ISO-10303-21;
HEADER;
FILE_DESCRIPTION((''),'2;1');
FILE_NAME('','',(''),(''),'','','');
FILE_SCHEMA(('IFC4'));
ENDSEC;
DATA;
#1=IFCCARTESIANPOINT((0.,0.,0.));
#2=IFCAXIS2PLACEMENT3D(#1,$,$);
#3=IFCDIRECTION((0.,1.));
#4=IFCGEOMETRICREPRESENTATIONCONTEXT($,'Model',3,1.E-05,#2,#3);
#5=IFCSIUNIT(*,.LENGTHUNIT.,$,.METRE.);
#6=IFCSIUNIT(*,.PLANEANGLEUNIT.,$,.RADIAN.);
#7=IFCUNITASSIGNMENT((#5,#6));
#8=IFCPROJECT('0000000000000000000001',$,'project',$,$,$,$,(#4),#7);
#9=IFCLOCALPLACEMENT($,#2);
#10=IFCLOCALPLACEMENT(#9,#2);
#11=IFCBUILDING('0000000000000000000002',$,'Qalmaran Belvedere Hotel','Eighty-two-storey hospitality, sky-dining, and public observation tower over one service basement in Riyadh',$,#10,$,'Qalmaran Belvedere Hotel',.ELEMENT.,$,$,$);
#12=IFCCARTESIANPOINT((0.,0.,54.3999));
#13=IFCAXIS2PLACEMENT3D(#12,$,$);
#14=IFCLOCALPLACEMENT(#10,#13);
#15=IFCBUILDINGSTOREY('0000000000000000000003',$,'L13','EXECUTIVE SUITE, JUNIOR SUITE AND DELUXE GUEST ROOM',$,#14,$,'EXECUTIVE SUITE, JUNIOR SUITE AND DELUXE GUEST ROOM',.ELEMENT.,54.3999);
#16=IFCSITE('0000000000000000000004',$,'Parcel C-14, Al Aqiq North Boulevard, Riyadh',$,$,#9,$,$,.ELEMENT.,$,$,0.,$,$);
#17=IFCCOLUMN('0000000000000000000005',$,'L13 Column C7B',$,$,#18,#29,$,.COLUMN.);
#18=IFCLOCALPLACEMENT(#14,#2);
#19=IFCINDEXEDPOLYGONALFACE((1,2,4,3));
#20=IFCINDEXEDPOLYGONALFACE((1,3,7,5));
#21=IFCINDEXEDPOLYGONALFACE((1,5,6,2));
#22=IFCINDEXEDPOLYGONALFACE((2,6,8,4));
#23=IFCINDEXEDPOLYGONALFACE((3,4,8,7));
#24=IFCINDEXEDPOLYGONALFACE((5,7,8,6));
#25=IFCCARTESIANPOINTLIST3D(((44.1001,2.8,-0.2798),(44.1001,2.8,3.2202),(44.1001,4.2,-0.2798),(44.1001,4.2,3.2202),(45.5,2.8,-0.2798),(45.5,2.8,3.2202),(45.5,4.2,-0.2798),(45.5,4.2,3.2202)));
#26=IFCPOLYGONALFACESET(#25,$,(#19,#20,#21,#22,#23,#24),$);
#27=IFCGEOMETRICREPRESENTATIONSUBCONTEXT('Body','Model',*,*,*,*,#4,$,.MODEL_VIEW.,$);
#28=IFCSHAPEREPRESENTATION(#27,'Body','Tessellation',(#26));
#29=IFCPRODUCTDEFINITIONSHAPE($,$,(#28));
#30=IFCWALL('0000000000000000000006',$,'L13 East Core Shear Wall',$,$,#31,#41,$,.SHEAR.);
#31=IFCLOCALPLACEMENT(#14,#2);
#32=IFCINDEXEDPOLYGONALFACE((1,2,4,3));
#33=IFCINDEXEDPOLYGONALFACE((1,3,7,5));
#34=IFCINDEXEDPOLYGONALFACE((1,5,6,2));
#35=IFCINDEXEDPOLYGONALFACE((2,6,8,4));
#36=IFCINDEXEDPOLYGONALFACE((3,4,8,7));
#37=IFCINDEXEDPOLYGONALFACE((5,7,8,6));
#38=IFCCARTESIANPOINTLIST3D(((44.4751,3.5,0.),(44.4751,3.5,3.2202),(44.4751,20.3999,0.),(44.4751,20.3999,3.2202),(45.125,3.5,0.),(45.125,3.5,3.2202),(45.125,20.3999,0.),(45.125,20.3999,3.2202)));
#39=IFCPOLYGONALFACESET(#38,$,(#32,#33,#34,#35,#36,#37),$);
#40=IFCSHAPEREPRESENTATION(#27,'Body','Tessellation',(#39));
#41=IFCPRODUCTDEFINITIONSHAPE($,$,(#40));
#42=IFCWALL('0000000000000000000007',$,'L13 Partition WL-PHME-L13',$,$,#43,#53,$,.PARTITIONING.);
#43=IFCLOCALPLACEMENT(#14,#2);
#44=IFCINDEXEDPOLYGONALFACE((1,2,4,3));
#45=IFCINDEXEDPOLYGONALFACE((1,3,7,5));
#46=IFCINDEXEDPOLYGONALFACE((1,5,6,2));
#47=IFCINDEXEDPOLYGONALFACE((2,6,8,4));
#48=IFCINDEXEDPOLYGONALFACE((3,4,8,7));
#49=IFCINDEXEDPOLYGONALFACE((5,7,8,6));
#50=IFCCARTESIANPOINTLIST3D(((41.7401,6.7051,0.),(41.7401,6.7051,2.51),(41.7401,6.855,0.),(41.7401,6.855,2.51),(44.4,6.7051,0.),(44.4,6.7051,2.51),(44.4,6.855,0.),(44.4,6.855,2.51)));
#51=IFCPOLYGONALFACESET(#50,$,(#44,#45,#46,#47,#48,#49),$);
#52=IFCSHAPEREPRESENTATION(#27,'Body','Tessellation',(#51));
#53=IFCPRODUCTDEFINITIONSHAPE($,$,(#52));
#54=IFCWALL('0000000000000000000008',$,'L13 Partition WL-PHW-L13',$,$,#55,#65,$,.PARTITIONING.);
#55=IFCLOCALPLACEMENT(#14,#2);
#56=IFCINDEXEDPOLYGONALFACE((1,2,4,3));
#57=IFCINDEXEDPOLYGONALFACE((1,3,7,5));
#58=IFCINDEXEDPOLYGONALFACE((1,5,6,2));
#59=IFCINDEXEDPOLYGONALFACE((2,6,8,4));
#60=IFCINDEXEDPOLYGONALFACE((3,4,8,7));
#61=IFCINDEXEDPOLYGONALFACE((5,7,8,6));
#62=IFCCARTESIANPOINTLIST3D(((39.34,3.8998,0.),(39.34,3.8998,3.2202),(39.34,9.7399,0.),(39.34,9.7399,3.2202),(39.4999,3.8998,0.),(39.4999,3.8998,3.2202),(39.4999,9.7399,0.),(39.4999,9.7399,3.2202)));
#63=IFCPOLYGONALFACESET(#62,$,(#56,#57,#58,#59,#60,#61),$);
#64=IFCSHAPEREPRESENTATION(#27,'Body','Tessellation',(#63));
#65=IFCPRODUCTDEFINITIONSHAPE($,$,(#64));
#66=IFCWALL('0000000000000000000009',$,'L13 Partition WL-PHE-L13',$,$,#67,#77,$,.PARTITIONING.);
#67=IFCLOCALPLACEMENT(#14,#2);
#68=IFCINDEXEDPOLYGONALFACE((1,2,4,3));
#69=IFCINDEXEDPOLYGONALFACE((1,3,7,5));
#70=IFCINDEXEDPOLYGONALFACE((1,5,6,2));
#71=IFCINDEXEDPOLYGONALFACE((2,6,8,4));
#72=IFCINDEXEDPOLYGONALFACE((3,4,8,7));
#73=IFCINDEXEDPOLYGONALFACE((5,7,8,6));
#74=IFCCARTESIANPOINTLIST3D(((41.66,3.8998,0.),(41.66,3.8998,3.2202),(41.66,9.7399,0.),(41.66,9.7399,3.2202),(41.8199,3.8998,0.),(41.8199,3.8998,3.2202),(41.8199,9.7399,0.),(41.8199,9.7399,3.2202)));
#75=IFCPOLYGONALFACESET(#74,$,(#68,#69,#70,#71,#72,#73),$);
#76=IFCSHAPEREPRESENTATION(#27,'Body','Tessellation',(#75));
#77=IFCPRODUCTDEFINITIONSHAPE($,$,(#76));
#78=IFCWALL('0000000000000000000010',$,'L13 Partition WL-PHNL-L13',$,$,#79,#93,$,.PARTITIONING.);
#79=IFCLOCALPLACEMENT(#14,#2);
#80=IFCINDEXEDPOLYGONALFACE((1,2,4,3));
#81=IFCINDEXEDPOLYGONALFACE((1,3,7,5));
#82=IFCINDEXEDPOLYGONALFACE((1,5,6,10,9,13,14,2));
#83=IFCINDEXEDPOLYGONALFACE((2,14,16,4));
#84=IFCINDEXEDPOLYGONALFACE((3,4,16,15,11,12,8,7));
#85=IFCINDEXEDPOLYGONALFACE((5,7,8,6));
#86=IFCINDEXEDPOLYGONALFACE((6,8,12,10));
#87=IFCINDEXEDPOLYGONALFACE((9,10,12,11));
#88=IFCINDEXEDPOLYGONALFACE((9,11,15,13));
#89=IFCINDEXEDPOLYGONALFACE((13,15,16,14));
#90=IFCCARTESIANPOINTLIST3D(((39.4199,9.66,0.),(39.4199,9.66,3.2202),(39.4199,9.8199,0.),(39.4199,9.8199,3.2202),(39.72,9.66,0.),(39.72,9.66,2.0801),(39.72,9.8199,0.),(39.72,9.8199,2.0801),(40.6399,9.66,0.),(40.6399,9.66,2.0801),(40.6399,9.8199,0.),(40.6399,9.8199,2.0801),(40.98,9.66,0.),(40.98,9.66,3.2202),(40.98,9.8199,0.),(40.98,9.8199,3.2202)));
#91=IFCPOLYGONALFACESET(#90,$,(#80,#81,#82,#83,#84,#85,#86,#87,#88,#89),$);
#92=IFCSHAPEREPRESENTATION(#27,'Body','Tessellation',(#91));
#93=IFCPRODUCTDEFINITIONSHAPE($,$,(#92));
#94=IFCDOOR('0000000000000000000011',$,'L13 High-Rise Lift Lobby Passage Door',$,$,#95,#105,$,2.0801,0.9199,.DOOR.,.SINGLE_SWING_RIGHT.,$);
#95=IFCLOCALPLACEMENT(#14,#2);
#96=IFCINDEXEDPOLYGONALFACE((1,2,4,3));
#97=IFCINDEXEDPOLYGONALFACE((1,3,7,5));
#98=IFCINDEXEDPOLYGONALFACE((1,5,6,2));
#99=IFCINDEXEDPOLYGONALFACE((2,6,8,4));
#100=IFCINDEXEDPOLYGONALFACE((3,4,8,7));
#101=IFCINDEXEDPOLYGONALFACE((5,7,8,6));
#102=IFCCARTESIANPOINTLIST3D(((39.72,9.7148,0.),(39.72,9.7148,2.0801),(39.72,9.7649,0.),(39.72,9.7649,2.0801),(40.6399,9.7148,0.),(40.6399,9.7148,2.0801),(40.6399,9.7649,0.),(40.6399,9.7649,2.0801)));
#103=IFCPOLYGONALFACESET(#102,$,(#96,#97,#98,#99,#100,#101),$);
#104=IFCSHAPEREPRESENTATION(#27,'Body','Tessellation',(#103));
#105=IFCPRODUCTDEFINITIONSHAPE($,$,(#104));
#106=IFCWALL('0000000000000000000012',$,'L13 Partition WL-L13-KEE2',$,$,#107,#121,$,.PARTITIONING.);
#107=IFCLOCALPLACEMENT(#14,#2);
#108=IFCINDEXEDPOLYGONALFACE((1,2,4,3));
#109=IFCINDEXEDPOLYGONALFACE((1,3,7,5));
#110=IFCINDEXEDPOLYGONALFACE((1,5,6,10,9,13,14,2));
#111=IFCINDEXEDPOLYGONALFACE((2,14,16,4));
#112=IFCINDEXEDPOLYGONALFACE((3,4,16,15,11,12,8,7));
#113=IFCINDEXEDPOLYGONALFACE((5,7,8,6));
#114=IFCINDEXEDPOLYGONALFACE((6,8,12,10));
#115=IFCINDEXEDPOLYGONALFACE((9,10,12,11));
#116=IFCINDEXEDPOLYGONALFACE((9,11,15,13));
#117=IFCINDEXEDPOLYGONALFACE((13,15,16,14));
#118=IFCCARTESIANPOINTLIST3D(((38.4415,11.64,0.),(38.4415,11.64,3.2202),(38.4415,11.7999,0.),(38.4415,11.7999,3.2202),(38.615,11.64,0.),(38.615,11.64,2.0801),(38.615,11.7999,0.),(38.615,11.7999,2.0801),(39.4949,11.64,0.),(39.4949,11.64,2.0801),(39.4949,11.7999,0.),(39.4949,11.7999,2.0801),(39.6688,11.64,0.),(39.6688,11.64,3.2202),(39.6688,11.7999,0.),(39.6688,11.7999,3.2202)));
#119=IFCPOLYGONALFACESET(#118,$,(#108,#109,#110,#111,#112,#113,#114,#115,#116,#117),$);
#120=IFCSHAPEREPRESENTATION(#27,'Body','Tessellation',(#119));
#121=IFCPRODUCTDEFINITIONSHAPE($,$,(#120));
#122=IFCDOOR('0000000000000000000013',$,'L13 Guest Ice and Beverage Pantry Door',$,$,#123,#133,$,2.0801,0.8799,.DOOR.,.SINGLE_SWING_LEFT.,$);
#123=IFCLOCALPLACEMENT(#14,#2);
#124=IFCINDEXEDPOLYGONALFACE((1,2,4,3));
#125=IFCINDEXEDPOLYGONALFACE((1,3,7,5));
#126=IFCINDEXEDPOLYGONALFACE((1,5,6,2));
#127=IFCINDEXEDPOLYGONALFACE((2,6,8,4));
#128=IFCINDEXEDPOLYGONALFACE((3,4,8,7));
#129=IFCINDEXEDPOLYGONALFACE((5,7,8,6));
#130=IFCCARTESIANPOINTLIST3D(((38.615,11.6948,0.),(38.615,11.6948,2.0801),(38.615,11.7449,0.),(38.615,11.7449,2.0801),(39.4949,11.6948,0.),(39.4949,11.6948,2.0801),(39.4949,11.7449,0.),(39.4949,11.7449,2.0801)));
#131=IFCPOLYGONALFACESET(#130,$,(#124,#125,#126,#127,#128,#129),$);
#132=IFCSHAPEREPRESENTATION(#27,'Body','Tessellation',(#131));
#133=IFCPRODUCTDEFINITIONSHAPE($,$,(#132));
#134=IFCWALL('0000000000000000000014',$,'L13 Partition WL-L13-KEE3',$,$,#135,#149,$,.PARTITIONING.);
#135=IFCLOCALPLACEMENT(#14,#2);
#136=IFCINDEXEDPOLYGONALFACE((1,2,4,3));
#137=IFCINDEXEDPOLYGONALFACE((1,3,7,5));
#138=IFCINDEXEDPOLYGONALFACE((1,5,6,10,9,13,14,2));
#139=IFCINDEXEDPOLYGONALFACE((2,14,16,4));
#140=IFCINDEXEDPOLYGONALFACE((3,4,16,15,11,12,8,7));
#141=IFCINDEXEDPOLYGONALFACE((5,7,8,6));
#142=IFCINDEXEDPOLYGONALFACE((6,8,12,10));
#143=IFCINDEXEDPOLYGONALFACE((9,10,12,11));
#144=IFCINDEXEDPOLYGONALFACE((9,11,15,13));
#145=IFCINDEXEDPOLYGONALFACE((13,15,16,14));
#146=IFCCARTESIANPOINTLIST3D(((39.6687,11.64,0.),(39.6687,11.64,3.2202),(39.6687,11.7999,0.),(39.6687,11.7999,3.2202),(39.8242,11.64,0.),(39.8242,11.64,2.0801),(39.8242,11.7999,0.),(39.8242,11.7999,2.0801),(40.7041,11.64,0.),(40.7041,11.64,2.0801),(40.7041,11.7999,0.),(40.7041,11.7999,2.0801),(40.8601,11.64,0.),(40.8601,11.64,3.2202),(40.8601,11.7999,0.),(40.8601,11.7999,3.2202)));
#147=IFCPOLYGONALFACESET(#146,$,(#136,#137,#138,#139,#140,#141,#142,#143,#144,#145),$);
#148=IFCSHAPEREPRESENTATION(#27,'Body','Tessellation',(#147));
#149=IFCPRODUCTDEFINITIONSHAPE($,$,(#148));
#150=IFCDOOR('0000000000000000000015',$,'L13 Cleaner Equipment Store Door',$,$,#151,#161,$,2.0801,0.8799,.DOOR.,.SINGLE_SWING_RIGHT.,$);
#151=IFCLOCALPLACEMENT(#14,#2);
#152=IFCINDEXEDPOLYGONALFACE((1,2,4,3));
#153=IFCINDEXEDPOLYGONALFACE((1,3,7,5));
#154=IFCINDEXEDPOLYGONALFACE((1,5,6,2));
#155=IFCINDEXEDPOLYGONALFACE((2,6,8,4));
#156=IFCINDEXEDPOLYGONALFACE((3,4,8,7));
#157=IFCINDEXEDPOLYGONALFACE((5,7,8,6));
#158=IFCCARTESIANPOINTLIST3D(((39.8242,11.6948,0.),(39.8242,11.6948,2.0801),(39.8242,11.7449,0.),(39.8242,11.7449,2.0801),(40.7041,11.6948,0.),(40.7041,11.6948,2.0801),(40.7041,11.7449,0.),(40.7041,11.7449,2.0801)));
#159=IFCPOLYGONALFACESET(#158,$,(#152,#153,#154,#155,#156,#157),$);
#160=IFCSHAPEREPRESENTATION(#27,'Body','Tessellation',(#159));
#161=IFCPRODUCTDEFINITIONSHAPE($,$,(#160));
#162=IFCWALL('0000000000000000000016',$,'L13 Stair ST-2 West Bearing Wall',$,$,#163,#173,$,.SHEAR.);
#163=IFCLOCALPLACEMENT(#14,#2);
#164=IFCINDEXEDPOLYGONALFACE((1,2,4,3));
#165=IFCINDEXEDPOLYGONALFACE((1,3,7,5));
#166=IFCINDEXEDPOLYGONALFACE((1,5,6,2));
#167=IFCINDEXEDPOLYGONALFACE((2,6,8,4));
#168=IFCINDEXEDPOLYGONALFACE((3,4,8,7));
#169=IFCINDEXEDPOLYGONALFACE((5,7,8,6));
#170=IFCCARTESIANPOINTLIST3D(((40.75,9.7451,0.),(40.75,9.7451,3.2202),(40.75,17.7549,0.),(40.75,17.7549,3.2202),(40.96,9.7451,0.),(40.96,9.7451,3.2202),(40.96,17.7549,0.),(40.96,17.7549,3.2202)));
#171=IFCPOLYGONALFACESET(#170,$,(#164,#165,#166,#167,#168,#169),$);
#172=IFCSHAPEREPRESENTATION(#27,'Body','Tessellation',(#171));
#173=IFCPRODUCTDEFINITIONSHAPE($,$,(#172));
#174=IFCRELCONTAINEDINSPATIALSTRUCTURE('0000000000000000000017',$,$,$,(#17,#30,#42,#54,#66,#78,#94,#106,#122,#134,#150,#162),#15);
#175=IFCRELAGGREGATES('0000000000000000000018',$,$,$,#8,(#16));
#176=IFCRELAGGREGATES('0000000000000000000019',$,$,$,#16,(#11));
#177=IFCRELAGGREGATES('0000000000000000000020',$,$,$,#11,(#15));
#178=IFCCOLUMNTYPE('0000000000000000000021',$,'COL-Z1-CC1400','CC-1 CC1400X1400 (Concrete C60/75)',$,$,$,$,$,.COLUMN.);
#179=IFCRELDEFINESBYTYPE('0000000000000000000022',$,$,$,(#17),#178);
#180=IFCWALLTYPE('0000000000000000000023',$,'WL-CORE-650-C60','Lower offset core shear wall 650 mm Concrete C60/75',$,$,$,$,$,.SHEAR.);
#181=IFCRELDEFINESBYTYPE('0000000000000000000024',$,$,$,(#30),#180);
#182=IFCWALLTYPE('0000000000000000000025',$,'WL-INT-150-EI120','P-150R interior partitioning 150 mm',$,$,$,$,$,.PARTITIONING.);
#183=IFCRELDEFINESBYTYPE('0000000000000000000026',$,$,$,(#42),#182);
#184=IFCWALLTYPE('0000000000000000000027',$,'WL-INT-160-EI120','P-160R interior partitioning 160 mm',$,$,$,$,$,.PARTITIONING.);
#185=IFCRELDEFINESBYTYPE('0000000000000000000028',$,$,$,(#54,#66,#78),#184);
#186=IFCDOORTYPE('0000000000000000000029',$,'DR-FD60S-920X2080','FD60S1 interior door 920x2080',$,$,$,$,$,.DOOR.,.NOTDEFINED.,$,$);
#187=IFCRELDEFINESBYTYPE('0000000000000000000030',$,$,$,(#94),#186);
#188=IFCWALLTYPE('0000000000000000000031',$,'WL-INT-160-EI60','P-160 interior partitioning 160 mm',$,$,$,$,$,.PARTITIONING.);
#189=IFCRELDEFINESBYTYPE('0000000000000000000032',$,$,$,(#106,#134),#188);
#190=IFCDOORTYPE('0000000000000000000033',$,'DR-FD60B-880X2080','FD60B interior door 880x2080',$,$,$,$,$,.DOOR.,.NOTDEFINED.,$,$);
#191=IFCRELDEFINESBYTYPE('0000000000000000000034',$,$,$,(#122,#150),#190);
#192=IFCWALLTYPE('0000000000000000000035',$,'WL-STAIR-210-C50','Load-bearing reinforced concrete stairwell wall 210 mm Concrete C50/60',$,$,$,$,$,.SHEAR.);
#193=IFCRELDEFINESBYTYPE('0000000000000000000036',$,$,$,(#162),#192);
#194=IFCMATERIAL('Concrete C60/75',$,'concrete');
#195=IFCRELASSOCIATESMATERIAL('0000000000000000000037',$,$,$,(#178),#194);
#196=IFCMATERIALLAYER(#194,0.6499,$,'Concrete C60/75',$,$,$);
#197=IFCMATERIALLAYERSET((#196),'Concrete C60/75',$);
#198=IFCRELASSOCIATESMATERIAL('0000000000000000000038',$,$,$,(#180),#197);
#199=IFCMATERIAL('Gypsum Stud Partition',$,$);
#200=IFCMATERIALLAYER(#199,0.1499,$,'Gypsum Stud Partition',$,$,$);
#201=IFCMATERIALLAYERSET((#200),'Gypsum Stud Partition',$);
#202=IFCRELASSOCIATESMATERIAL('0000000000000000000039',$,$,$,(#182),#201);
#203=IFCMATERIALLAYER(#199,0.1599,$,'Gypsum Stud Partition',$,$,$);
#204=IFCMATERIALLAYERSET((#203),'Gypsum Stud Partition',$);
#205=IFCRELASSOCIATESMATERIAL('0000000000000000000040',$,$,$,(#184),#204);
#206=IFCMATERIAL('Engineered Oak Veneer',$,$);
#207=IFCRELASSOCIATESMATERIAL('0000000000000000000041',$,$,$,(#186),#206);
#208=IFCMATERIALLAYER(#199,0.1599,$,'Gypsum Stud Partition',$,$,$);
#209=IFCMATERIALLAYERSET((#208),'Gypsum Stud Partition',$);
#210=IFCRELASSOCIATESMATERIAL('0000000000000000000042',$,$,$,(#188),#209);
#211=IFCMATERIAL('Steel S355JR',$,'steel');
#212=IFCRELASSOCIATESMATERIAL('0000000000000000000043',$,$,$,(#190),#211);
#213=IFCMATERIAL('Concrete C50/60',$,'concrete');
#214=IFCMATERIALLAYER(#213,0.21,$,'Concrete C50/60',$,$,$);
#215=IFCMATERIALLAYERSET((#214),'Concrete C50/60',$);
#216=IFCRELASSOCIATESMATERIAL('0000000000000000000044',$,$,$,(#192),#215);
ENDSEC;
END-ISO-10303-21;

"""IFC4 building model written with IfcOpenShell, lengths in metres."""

from ifc_helpers import new_model, si_unit, direction, frame, frame_2d, origin, origin_2d, place, context, subcontext, project, spatial, rectangle, extrude, material, layer, layer_set, material_profile, profile_set, type_object, element, fill, save


model = new_model("IFC4")

# Units and contexts
model_context = context("Model", 3, precision=1e-05, world=origin(), true_north=direction((0.0, 1.0)))
body_context = subcontext(model_context, "Body", "Model", "MODEL_VIEW")
ifc_project = project(units=[si_unit("LENGTHUNIT", "METRE"), si_unit("PLANEANGLEUNIT", "RADIAN")], contexts=[model_context])

# Site, building, storey
site_placement = place(None, origin())
site = spatial("IfcSite", under=ifc_project, at=site_placement, Name="Parcel C-14, Al Aqiq North Boulevard, Riyadh", CompositionType="ELEMENT", RefElevation=0.0)
building_placement = place(site_placement, origin())
building = spatial("IfcBuilding", under=site, at=building_placement, Name="Qalmaran Belvedere Hotel", Description="Eighty-two-storey hospitality, sky-dining, and public observation tower over one service basement in Riyadh", LongName="Qalmaran Belvedere Hotel", CompositionType="ELEMENT")
storey_placement = place(building_placement, frame((0.0, 0.0, 54.3999)))
storey = spatial("IfcBuildingStorey", under=building, at=storey_placement, Name="L13", Description="EXECUTIVE SUITE, JUNIOR SUITE AND DELUXE GUEST ROOM", LongName="EXECUTIVE SUITE, JUNIOR SUITE AND DELUXE GUEST ROOM", CompositionType="ELEMENT", Elevation=54.3999)

# Column
ifc_material_1 = material(Name="Concrete C60/75", Category="concrete")
ifc_material_profile = material_profile(ifc_material_1, rectangle(XDim=1.3999, YDim=1.3999, at=origin_2d()), Name="CC1400X1400")
ifc_profile_set = profile_set([ifc_material_profile], Name="Concrete C60/75")
column_type = type_object("IfcColumnType", Name="COL-Z1-CC1400", Description="CC-1 CC1400X1400 (Concrete C60/75)", PredefinedType="COLUMN", material=ifc_profile_set)
column_placement = place(storey_placement, frame((44.8, 3.5, -0.2798), z_axis=(0.0, 0.0, 1.0), x_axis=(1.0, 0.0, 0.0)))
element("IfcColumn", 1, at=column_placement, inside=storey, type_object=column_type, Name="L13 Column C7B", PredefinedType="COLUMN", context=body_context, shape_type="SweptSolid", body=[
    extrude(rectangle(XDim=1.3999, YDim=1.3999, at=origin_2d()), origin(), (0.0, 0.0, 1.0), 3.5),
])

# Walls
ifc_layer_1 = layer(ifc_material_1, 0.6499, Name="Concrete C60/75")
ifc_layer_set_1 = layer_set([ifc_layer_1], Name="Concrete C60/75")
wall_type_1 = type_object("IfcWallType", Name="WL-CORE-650-C60", Description="Lower offset core shear wall 650 mm Concrete C60/75", PredefinedType="SHEAR", material=ifc_layer_set_1)
wall_1_placement = place(storey_placement, frame((44.8, 3.5, 0.0), z_axis=(0.0, 0.0, 1.0), x_axis=(0.0, 1.0, 0.0)))
element("IfcWall", 2, at=wall_1_placement, inside=storey, type_object=wall_type_1, Name="L13 East Core Shear Wall", PredefinedType="SHEAR", context=body_context, shape_type="SweptSolid", body=[
    extrude(rectangle(XDim=16.8999, YDim=0.6499, at=frame_2d((8.45, 0.0))), origin(), (0.0, 0.0, 1.0), 3.2202),
])
ifc_material_2 = material(Name="Gypsum Stud Partition")
ifc_layer_2 = layer(ifc_material_2, 0.1499, Name="Gypsum Stud Partition")
ifc_layer_set_2 = layer_set([ifc_layer_2], Name="Gypsum Stud Partition")
wall_type_2 = type_object("IfcWallType", Name="WL-INT-150-EI120", Description="P-150R interior partitioning 150 mm", PredefinedType="PARTITIONING", material=ifc_layer_set_2)
wall_2_placement = place(storey_placement, frame((41.74, 6.78, 0.0), z_axis=(0.0, 0.0, 1.0), x_axis=(1.0, 0.0, 0.0)))
element("IfcWall", 3, at=wall_2_placement, inside=storey, type_object=wall_type_2, Name="L13 Partition WL-PHME-L13", PredefinedType="PARTITIONING", context=body_context, shape_type="SweptSolid", body=[
    extrude(rectangle(XDim=2.6599, YDim=0.1499, at=frame_2d((1.3301, 0.0))), origin(), (0.0, 0.0, 1.0), 2.51),
])
ifc_layer_3 = layer(ifc_material_2, 0.1599, Name="Gypsum Stud Partition")
ifc_layer_set_3 = layer_set([ifc_layer_3], Name="Gypsum Stud Partition")
wall_type_3 = type_object("IfcWallType", Name="WL-INT-160-EI120", Description="P-160R interior partitioning 160 mm", PredefinedType="PARTITIONING", material=ifc_layer_set_3)
for number, where, z_axis, x_axis, name in (
    (4, (39.4199, 3.8999, 0.0), (0.0, 0.0, 1.0), (0.0, 1.0, 0.0), "L13 Partition WL-PHW-L13"),
    (5, (41.74, 3.8999, 0.0), (0.0, 0.0, 1.0), (0.0, 1.0, 0.0), "L13 Partition WL-PHE-L13"),
):
    element("IfcWall", number, at=place(storey_placement, frame(where, z_axis=z_axis, x_axis=x_axis)), inside=storey, type_object=wall_type_3, Name=name, PredefinedType="PARTITIONING", context=body_context, shape_type="SweptSolid", body=[
        extrude(rectangle(XDim=5.8401, YDim=0.1599, at=frame_2d((2.9199, 0.0))), origin(), (0.0, 0.0, 1.0), 3.2202),
    ])

# Walls, openings, doors
wall_3_placement = place(storey_placement, frame((39.4199, 9.74, 0.0), z_axis=(0.0, 0.0, 1.0), x_axis=(1.0, 0.0, 0.0)))
wall_3 = element("IfcWall", 6, at=wall_3_placement, inside=storey, type_object=wall_type_3, Name="L13 Partition WL-PHNL-L13", PredefinedType="PARTITIONING", context=body_context, shape_type="SweptSolid", body=[
    extrude(rectangle(XDim=1.5601, YDim=0.1599, at=frame_2d((0.78, 0.0))), origin(), (0.0, 0.0, 1.0), 3.2202),
])
opening_1_placement = place(wall_3_placement, frame((0.3, 0.0, 0.0)))
opening_1 = element("IfcOpeningElement", 7, at=opening_1_placement, cuts=wall_3, PredefinedType="OPENING", context=body_context, shape_type="SweptSolid", body=[
    extrude(rectangle(XDim=0.9199, YDim=2.0801, at=frame_2d((0.46, 1.04))), frame((0.0, 0.0898, 0.0), z_axis=(0.0, -1.0, 0.0), x_axis=(1.0, 0.0, 0.0)), (0.0, 0.0, 1.0), 0.1799),
])
ifc_material_3 = material(Name="Engineered Oak Veneer")
door_type_1 = type_object("IfcDoorType", Name="DR-FD60S-920X2080", Description="FD60S1 interior door 920x2080", OperationType="NOTDEFINED", PredefinedType="DOOR", material=ifc_material_3)
door_1_placement = place(opening_1_placement, origin())
door_1 = element("IfcDoor", 8, at=door_1_placement, inside=storey, type_object=door_type_1, Name="L13 High-Rise Lift Lobby Passage Door", OperationType="SINGLE_SWING_RIGHT", OverallHeight=2.0801, OverallWidth=0.9199, PredefinedType="DOOR", context=body_context, shape_type="SweptSolid", body=[
    extrude(rectangle(XDim=0.9199, YDim=2.0801, at=frame_2d((0.46, 1.04))), frame((0.0, 0.0249, 0.0), z_axis=(0.0, -1.0, 0.0), x_axis=(1.0, 0.0, 0.0)), (0.0, 0.0, 1.0), 0.05),
])
fill(opening_1, door_1)
ifc_layer_4 = layer(ifc_material_2, 0.1599, Name="Gypsum Stud Partition")
ifc_layer_set_4 = layer_set([ifc_layer_4], Name="Gypsum Stud Partition")
wall_type_4 = type_object("IfcWallType", Name="WL-INT-160-EI60", Description="P-160 interior partitioning 160 mm", PredefinedType="PARTITIONING", material=ifc_layer_set_4)
wall_4_placement = place(storey_placement, frame((38.4414, 11.72, 0.0), z_axis=(0.0, 0.0, 1.0), x_axis=(1.0, 0.0, 0.0)))
wall_4 = element("IfcWall", 9, at=wall_4_placement, inside=storey, type_object=wall_type_4, Name="L13 Partition WL-L13-KEE2", PredefinedType="PARTITIONING", context=body_context, shape_type="SweptSolid", body=[
    extrude(rectangle(XDim=1.2273, YDim=0.1599, at=frame_2d((0.6138, 0.0))), origin(), (0.0, 0.0, 1.0), 3.2202),
])
opening_2_placement = place(wall_4_placement, frame((0.1736, 0.0, 0.0)))
opening_2 = element("IfcOpeningElement", 10, at=opening_2_placement, cuts=wall_4, PredefinedType="OPENING", context=body_context, shape_type="SweptSolid", body=[
    extrude(rectangle(XDim=0.8799, YDim=2.0801, at=frame_2d((0.4399, 1.04))), frame((0.0, 0.0898, 0.0), z_axis=(0.0, -1.0, 0.0), x_axis=(1.0, 0.0, 0.0)), (0.0, 0.0, 1.0), 0.1799),
])
ifc_material_4 = material(Name="Steel S355JR", Category="steel")
door_type_2 = type_object("IfcDoorType", Name="DR-FD60B-880X2080", Description="FD60B interior door 880x2080", OperationType="NOTDEFINED", PredefinedType="DOOR", material=ifc_material_4)
door_2_placement = place(opening_2_placement, origin())
door_2 = element("IfcDoor", 11, at=door_2_placement, inside=storey, type_object=door_type_2, Name="L13 Guest Ice and Beverage Pantry Door", OperationType="SINGLE_SWING_LEFT", OverallHeight=2.0801, OverallWidth=0.8799, PredefinedType="DOOR", context=body_context, shape_type="SweptSolid", body=[
    extrude(rectangle(XDim=0.8799, YDim=2.0801, at=frame_2d((0.4399, 1.04))), frame((0.0, 0.0249, 0.0), z_axis=(0.0, -1.0, 0.0), x_axis=(1.0, 0.0, 0.0)), (0.0, 0.0, 1.0), 0.05),
])
fill(opening_2, door_2)
wall_5_placement = place(storey_placement, frame((39.6687, 11.72, 0.0), z_axis=(0.0, 0.0, 1.0), x_axis=(1.0, 0.0, 0.0)))
wall_5 = element("IfcWall", 12, at=wall_5_placement, inside=storey, type_object=wall_type_4, Name="L13 Partition WL-L13-KEE3", PredefinedType="PARTITIONING", context=body_context, shape_type="SweptSolid", body=[
    extrude(rectangle(XDim=1.1914, YDim=0.1599, at=frame_2d((0.5957, 0.0))), origin(), (0.0, 0.0, 1.0), 3.2202),
])
opening_3_placement = place(wall_5_placement, frame((0.1555, 0.0, 0.0)))
opening_3 = element("IfcOpeningElement", 13, at=opening_3_placement, cuts=wall_5, PredefinedType="OPENING", context=body_context, shape_type="SweptSolid", body=[
    extrude(rectangle(XDim=0.8799, YDim=2.0801, at=frame_2d((0.4399, 1.04))), frame((0.0, 0.0898, 0.0), z_axis=(0.0, -1.0, 0.0), x_axis=(1.0, 0.0, 0.0)), (0.0, 0.0, 1.0), 0.1799),
])
door_3_placement = place(opening_3_placement, origin())
door_3 = element("IfcDoor", 14, at=door_3_placement, inside=storey, type_object=door_type_2, Name="L13 Cleaner Equipment Store Door", OperationType="SINGLE_SWING_RIGHT", OverallHeight=2.0801, OverallWidth=0.8799, PredefinedType="DOOR", context=body_context, shape_type="SweptSolid", body=[
    extrude(rectangle(XDim=0.8799, YDim=2.0801, at=frame_2d((0.4399, 1.04))), frame((0.0, 0.0249, 0.0), z_axis=(0.0, -1.0, 0.0), x_axis=(1.0, 0.0, 0.0)), (0.0, 0.0, 1.0), 0.05),
])
fill(opening_3, door_3)

# Wall
ifc_material_5 = material(Name="Concrete C50/60", Category="concrete")
ifc_layer_5 = layer(ifc_material_5, 0.21, Name="Concrete C50/60")
ifc_layer_set_5 = layer_set([ifc_layer_5], Name="Concrete C50/60")
wall_type_5 = type_object("IfcWallType", Name="WL-STAIR-210-C50", Description="Load-bearing reinforced concrete stairwell wall 210 mm Concrete C50/60", PredefinedType="SHEAR", material=ifc_layer_set_5)
for number, where, z_axis, x_axis, name in (
    (15, (40.855, 9.7451, 0.0), (0.0, 0.0, 1.0), (0.0, 1.0, 0.0), "L13 Stair ST-2 West Bearing Wall"),
):
    element("IfcWall", number, at=place(storey_placement, frame(where, z_axis=z_axis, x_axis=x_axis)), inside=storey, type_object=wall_type_5, Name=name, PredefinedType="SHEAR", context=body_context, shape_type="SweptSolid", body=[
        extrude(rectangle(XDim=8.0098, YDim=0.21, at=frame_2d((4.0049, 0.0))), origin(), (0.0, 0.0, 1.0), 3.2202),
    ])

save(model, "model.ifc")
